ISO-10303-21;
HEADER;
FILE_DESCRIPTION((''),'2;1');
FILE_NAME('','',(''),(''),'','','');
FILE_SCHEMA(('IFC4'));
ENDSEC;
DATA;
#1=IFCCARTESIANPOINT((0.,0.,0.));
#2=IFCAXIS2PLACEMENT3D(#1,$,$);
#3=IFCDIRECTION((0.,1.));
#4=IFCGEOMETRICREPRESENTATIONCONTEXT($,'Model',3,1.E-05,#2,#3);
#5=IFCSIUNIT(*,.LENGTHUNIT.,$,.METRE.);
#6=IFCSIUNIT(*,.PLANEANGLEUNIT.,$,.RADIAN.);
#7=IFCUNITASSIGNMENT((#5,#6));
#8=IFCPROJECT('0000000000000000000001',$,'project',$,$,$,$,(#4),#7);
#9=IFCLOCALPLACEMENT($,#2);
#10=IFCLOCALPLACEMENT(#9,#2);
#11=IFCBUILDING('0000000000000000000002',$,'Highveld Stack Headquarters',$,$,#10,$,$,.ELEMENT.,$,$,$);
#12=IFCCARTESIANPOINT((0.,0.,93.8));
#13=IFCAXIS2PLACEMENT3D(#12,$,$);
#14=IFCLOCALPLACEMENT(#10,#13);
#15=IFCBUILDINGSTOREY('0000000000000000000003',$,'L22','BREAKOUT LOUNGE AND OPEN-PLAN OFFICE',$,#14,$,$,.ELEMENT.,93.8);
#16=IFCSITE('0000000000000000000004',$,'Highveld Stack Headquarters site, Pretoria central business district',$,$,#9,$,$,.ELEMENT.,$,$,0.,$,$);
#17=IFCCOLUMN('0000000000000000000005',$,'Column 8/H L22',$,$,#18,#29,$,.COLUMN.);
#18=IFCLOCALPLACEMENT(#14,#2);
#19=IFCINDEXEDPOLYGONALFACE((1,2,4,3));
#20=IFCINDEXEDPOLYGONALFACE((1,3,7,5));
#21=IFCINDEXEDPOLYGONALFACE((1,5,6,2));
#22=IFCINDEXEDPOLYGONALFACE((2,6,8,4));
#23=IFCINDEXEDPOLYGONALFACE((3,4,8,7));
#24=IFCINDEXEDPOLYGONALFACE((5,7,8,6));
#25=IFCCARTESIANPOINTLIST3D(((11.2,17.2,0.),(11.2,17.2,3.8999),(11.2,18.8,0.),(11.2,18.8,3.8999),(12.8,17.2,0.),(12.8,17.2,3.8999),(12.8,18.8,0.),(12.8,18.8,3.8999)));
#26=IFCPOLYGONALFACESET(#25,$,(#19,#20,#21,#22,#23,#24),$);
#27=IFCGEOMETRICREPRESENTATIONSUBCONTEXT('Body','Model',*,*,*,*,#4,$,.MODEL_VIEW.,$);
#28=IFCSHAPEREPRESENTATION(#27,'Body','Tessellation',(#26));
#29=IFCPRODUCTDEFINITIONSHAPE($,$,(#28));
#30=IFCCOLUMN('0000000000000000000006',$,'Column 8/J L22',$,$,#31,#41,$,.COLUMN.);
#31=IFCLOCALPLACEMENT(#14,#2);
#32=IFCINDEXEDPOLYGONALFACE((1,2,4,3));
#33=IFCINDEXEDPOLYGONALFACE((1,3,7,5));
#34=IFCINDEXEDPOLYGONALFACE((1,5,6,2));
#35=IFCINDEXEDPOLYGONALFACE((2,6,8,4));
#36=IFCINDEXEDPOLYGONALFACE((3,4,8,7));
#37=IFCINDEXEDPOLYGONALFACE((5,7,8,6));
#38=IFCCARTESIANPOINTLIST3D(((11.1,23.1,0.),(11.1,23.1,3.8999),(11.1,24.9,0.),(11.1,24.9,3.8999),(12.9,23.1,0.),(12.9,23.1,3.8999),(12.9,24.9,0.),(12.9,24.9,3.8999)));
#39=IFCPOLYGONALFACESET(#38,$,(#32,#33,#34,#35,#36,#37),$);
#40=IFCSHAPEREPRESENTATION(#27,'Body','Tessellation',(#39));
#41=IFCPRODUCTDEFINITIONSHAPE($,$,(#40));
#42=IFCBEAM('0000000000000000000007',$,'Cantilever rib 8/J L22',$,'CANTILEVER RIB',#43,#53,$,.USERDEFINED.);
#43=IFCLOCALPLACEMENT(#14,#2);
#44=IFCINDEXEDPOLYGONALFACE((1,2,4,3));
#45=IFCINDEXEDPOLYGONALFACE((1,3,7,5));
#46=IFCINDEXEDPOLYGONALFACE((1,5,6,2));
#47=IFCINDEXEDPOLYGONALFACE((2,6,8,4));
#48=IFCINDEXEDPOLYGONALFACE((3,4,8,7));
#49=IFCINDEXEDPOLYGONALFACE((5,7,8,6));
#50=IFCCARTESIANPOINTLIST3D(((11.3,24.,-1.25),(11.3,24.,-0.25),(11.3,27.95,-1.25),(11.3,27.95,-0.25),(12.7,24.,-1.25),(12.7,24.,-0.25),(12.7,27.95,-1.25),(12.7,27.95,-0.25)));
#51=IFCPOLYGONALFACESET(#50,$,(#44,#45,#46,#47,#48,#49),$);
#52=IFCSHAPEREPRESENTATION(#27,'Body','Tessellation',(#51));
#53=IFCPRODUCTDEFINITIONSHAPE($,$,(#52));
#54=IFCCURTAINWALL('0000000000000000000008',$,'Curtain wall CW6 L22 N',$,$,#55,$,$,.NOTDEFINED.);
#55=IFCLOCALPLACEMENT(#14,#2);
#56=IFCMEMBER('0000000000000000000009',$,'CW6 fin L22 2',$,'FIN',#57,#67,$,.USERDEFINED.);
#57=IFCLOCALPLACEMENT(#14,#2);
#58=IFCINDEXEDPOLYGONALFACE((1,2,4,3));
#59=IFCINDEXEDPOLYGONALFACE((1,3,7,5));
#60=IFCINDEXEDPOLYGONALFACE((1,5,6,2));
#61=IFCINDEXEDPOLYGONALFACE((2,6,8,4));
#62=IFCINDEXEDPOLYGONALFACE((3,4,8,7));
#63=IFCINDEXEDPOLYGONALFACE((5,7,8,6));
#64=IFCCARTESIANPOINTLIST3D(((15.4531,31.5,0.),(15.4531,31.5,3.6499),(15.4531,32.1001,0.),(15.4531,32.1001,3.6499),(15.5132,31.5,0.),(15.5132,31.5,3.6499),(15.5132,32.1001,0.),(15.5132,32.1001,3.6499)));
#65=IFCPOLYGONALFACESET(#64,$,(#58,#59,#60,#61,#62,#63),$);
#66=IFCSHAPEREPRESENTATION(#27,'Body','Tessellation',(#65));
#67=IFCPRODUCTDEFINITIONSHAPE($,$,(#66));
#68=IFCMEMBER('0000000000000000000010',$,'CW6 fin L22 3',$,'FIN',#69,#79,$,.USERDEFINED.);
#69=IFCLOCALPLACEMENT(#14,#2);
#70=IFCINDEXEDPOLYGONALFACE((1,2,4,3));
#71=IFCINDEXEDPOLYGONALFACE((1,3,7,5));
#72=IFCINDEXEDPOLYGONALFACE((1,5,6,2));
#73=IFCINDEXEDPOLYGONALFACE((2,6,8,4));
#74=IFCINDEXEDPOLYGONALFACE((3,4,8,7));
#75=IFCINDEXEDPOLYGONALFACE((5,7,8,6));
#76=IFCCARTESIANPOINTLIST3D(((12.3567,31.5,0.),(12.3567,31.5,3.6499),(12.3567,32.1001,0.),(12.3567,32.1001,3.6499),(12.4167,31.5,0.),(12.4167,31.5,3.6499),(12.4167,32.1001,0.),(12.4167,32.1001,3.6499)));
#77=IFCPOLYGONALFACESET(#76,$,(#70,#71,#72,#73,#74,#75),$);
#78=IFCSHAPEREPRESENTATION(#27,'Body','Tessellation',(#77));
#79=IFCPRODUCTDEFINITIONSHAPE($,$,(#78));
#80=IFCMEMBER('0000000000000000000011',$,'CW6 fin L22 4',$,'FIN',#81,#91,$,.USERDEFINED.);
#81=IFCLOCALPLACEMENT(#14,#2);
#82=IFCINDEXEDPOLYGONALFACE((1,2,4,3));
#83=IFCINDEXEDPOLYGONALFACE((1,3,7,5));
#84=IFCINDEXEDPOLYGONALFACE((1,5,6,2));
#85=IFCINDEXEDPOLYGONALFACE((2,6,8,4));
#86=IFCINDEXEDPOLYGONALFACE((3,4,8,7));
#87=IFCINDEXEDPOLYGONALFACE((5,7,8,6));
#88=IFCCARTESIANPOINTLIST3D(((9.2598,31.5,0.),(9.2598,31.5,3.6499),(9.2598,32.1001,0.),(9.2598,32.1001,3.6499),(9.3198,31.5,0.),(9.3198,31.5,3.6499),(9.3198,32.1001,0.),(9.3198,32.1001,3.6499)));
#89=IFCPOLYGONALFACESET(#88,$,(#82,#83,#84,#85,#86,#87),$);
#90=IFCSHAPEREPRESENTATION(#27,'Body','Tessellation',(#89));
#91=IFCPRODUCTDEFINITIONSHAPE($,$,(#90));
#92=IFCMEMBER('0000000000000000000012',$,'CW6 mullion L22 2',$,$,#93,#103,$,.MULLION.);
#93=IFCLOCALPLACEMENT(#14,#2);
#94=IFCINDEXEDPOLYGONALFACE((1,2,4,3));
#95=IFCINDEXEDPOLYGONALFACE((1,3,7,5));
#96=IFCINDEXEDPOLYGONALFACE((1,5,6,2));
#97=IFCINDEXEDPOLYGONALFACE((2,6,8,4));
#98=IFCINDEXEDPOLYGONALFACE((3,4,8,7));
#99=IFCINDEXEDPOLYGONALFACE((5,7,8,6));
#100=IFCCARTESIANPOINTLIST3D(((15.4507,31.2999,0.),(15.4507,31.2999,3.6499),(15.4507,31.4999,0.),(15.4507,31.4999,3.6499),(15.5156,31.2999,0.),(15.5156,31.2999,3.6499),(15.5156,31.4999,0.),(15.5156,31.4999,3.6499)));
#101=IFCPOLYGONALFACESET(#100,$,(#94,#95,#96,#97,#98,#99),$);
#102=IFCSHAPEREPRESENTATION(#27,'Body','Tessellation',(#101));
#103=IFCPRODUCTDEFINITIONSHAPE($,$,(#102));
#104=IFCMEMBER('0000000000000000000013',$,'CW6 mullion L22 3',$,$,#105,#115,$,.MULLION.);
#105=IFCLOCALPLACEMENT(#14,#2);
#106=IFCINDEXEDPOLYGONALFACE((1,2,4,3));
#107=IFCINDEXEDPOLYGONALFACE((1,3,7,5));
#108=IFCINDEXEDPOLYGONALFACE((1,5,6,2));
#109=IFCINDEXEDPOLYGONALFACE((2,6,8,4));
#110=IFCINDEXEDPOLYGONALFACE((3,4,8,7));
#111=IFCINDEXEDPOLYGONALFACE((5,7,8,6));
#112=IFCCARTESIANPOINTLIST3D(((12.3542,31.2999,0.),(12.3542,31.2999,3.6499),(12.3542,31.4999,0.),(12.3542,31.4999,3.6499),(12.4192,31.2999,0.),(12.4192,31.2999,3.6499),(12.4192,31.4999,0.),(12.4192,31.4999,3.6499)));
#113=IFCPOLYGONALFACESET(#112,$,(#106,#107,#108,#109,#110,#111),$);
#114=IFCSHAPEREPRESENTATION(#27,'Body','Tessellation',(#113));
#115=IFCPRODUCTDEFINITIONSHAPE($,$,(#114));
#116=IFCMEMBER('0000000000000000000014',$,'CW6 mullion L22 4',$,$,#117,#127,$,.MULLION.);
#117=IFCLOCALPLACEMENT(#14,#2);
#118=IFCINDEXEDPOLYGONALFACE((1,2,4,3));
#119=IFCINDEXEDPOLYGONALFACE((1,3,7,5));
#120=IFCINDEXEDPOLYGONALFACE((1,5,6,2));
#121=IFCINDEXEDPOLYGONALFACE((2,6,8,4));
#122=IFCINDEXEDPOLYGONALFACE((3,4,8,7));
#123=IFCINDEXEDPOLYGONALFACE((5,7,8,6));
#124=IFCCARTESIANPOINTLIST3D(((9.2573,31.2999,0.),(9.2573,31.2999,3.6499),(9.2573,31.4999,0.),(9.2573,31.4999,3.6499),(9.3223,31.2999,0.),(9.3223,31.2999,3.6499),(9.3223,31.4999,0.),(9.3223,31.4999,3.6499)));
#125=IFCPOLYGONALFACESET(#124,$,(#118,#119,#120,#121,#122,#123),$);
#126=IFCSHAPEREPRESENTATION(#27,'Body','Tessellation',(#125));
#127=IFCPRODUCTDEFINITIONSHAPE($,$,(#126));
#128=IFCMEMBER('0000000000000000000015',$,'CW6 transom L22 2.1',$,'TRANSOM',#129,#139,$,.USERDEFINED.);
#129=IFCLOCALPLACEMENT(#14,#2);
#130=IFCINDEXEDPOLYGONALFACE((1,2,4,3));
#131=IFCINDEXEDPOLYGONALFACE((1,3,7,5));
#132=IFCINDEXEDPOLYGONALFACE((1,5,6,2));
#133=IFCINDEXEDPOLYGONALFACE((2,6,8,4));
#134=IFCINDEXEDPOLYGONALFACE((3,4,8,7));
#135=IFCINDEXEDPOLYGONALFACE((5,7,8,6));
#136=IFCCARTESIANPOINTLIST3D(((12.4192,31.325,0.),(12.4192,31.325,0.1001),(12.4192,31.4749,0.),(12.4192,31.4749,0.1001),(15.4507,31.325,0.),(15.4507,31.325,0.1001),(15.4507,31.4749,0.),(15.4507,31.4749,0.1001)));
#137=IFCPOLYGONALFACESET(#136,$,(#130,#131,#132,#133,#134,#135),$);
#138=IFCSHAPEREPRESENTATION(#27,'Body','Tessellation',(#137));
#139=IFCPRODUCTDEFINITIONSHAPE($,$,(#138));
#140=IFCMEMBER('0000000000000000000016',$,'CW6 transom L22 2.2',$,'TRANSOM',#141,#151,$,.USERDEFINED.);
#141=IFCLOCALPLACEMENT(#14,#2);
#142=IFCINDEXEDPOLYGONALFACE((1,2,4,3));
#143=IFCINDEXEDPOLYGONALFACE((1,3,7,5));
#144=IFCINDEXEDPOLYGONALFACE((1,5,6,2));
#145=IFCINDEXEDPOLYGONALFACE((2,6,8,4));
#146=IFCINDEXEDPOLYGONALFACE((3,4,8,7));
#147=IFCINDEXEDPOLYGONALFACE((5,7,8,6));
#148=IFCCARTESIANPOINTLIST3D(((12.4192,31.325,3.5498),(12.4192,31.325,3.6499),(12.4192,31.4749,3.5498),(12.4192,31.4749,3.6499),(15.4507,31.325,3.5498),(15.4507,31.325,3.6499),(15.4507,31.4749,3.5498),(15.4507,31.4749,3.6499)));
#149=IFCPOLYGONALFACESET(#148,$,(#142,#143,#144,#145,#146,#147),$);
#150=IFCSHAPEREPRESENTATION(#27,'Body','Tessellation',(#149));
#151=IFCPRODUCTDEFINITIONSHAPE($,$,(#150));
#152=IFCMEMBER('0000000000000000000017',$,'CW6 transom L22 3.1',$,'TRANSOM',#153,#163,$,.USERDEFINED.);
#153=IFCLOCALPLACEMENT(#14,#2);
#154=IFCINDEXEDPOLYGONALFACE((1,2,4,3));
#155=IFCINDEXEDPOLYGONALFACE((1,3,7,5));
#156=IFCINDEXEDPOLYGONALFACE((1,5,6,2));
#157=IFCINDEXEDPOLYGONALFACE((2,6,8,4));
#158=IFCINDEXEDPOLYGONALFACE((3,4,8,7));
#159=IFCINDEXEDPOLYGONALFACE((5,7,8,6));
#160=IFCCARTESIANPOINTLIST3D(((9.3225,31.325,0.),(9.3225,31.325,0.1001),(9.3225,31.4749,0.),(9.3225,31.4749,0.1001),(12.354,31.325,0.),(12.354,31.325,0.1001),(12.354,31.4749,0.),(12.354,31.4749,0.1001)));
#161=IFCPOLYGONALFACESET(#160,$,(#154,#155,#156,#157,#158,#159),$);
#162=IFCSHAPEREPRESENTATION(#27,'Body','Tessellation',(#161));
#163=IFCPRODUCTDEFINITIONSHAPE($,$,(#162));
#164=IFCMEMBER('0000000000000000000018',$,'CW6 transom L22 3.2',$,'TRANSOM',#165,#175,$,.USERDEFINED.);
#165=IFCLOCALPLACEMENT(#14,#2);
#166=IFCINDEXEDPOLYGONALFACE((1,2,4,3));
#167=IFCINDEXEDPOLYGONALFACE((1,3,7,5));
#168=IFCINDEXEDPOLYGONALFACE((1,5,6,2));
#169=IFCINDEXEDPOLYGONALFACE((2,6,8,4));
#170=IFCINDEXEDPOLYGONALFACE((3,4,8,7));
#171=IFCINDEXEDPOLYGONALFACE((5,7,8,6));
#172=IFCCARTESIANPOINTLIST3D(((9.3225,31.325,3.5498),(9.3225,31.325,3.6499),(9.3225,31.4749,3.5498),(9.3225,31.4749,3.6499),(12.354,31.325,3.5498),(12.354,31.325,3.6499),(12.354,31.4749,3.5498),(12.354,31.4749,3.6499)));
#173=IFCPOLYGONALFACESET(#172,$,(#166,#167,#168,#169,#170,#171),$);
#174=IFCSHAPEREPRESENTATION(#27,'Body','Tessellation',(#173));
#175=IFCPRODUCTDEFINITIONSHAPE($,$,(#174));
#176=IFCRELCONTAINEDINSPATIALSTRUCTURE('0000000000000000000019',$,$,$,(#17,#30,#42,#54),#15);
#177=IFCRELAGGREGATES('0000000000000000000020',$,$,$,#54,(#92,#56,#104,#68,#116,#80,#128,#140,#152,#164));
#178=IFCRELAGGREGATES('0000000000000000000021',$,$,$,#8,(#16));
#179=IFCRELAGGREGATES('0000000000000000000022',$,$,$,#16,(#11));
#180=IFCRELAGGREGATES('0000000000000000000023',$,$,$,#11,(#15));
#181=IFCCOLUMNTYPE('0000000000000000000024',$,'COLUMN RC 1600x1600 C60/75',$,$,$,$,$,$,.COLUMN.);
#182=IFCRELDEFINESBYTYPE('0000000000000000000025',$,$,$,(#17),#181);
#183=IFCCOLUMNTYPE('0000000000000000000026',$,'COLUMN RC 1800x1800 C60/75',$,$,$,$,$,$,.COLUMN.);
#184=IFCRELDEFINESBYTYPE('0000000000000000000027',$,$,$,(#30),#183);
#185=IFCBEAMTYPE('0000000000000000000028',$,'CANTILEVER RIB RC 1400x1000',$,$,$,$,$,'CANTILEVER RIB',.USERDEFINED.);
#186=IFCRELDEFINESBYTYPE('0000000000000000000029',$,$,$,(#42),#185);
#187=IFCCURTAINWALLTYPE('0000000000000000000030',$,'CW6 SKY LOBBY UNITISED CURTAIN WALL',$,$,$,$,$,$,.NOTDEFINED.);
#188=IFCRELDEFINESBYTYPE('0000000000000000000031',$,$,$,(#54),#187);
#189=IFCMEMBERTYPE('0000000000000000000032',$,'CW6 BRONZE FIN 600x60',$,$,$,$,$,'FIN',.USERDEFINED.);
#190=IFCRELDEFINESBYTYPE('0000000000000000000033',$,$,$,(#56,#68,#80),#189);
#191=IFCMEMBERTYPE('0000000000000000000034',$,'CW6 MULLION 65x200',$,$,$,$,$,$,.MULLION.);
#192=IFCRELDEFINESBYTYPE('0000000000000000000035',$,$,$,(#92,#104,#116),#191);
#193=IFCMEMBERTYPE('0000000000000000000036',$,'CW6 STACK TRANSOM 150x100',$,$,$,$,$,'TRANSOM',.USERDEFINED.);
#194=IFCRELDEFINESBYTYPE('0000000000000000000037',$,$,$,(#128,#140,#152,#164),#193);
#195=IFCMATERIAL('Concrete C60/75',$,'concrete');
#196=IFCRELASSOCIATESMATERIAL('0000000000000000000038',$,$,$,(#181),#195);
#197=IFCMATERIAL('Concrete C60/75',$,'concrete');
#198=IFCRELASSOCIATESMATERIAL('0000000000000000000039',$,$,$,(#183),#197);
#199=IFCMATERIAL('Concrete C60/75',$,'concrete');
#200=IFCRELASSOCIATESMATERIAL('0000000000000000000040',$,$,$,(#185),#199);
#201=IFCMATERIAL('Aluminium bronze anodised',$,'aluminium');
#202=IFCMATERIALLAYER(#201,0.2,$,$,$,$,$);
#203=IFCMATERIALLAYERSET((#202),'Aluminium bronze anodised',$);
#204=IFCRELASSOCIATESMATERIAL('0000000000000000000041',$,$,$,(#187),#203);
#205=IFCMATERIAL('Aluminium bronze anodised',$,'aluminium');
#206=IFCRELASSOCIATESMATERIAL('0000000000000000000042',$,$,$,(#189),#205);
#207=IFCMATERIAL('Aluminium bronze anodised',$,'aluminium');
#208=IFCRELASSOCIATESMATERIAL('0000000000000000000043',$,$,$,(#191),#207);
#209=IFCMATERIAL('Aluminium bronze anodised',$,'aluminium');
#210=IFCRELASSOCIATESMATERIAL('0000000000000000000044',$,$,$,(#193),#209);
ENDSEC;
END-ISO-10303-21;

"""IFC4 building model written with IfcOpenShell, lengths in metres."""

from ifc_helpers import new_model, si_unit, direction, frame, origin, origin_2d, place, context, subcontext, project, spatial, rectangle, extrude, material, layer, layer_set, material_profile, profile_set, type_object, element, aggregate, save


model = new_model("IFC4")

# Units and contexts
model_context = context("Model", 3, precision=1e-05, world=origin(), true_north=direction((0.0, 1.0)))
body_context = subcontext(model_context, "Body", "Model", "MODEL_VIEW")
ifc_project = project(units=[si_unit("LENGTHUNIT", "METRE"), si_unit("PLANEANGLEUNIT", "RADIAN")], contexts=[model_context])

# Site, building, storey
site_placement = place(None, origin())
site = spatial("IfcSite", under=ifc_project, at=site_placement, Name="Highveld Stack Headquarters site, Pretoria central business district", CompositionType="ELEMENT", RefElevation=0.0)
building_placement = place(site_placement, origin())
building = spatial("IfcBuilding", under=site, at=building_placement, Name="Highveld Stack Headquarters", CompositionType="ELEMENT")
storey_placement = place(building_placement, frame((0.0, 0.0, 93.8)))
storey = spatial("IfcBuildingStorey", under=building, at=storey_placement, Name="L22", Description="BREAKOUT LOUNGE AND OPEN-PLAN OFFICE", CompositionType="ELEMENT", Elevation=93.8)

# Columns
ifc_material_1 = material(Name="Concrete C60/75", Category="concrete")
ifc_material_profile_1 = material_profile(ifc_material_1, rectangle(XDim=1.6001, YDim=1.6001, at=origin_2d()), Name="RC 1600x1600")
ifc_profile_set_1 = profile_set([ifc_material_profile_1], Name="Concrete C60/75")
column_type_1 = type_object("IfcColumnType", Name="COLUMN RC 1600x1600 C60/75", PredefinedType="COLUMN", material=ifc_profile_set_1)
column_1_placement = place(storey_placement, frame((12.0, 18.0, 0.0), z_axis=(0.0, 0.0, 1.0), x_axis=(1.0, 0.0, 0.0)))
element("IfcColumn", 1, at=column_1_placement, inside=storey, type_object=column_type_1, Name="Column 8/H L22", PredefinedType="COLUMN", context=body_context, shape_type="SweptSolid", body=[
    extrude(rectangle(XDim=1.6001, YDim=1.6001, at=origin_2d()), origin(), (0.0, 0.0, 1.0), 3.8999),
])
ifc_material_2 = material(Name="Concrete C60/75", Category="concrete")
ifc_material_profile_2 = material_profile(ifc_material_2, rectangle(XDim=1.8, YDim=1.8, at=origin_2d()), Name="RC 1800x1800")
ifc_profile_set_2 = profile_set([ifc_material_profile_2], Name="Concrete C60/75")
column_type_2 = type_object("IfcColumnType", Name="COLUMN RC 1800x1800 C60/75", PredefinedType="COLUMN", material=ifc_profile_set_2)
column_2_placement = place(storey_placement, frame((12.0, 24.0, 0.0), z_axis=(0.0, 0.0, 1.0), x_axis=(1.0, 0.0, 0.0)))
element("IfcColumn", 2, at=column_2_placement, inside=storey, type_object=column_type_2, Name="Column 8/J L22", PredefinedType="COLUMN", context=body_context, shape_type="SweptSolid", body=[
    extrude(rectangle(XDim=1.8, YDim=1.8, at=origin_2d()), origin(), (0.0, 0.0, 1.0), 3.8999),
])

# Beam
ifc_material_3 = material(Name="Concrete C60/75", Category="concrete")
ifc_material_profile_3 = material_profile(ifc_material_3, rectangle(XDim=1.3999, YDim=1.0, at=origin_2d()), Name="RC 1400x1000")
ifc_profile_set_3 = profile_set([ifc_material_profile_3], Name="Concrete C60/75")
beam_type_1 = type_object("IfcBeamType", Name="CANTILEVER RIB RC 1400x1000", ElementType="CANTILEVER RIB", PredefinedType="USERDEFINED", material=ifc_profile_set_3)
beam_1_placement = place(storey_placement, frame((12.0, 24.0, -0.75), z_axis=(0.0, 1.0, 0.0), x_axis=(-1.0, 0.0, 0.0)))
element("IfcBeam", 3, at=beam_1_placement, inside=storey, type_object=beam_type_1, Name="Cantilever rib 8/J L22", ObjectType="CANTILEVER RIB", PredefinedType="USERDEFINED", context=body_context, shape_type="SweptSolid", body=[
    extrude(rectangle(XDim=1.3999, YDim=1.0, at=origin_2d()), origin(), (0.0, 0.0, 1.0), 3.95),
])

# Curtain wall, members
ifc_material_4 = material(Name="Aluminium bronze anodised", Category="aluminium")
ifc_layer_1 = layer(ifc_material_4, 0.2)
ifc_layer_set_1 = layer_set([ifc_layer_1], Name="Aluminium bronze anodised")
curtain_wall_type = type_object("IfcCurtainWallType", Name="CW6 SKY LOBBY UNITISED CURTAIN WALL", PredefinedType="NOTDEFINED", material=ifc_layer_set_1)
curtain_wall_placement = place(storey_placement, origin())
curtain_wall = element("IfcCurtainWall", 4, at=curtain_wall_placement, inside=storey, type_object=curtain_wall_type, Name="Curtain wall CW6 L22 N", PredefinedType="NOTDEFINED")
ifc_material_5 = material(Name="Aluminium bronze anodised", Category="aluminium")
ifc_material_profile_4 = material_profile(ifc_material_5, rectangle(XDim=0.6001, YDim=0.0601, at=origin_2d()), Name="FIN 600x60")
ifc_profile_set_4 = profile_set([ifc_material_profile_4], Name="Aluminium bronze anodised")
member_type_1 = type_object("IfcMemberType", Name="CW6 BRONZE FIN 600x60", ElementType="FIN", PredefinedType="USERDEFINED", material=ifc_profile_set_4)
member_1_placement = place(storey_placement, frame((15.4832, 31.8, 0.0), z_axis=(0.0, 0.0, 1.0), x_axis=(0.0, -1.0, 0.0)))
member_1 = element("IfcMember", 5, at=member_1_placement, type_object=member_type_1, Name="CW6 fin L22 2", ObjectType="FIN", PredefinedType="USERDEFINED", context=body_context, shape_type="SweptSolid", body=[
    extrude(rectangle(XDim=0.6001, YDim=0.0601, at=origin_2d()), origin(), (0.0, 0.0, 1.0), 3.6499),
])
member_2_placement = place(storey_placement, frame((12.3867, 31.8, 0.0), z_axis=(0.0, 0.0, 1.0), x_axis=(0.0, -1.0, 0.0)))
member_2 = element("IfcMember", 6, at=member_2_placement, type_object=member_type_1, Name="CW6 fin L22 3", ObjectType="FIN", PredefinedType="USERDEFINED", context=body_context, shape_type="SweptSolid", body=[
    extrude(rectangle(XDim=0.6001, YDim=0.0601, at=origin_2d()), origin(), (0.0, 0.0, 1.0), 3.6499),
])
member_3_placement = place(storey_placement, frame((9.2898, 31.8, 0.0), z_axis=(0.0, 0.0, 1.0), x_axis=(0.0, -1.0, 0.0)))
member_3 = element("IfcMember", 7, at=member_3_placement, type_object=member_type_1, Name="CW6 fin L22 4", ObjectType="FIN", PredefinedType="USERDEFINED", context=body_context, shape_type="SweptSolid", body=[
    extrude(rectangle(XDim=0.6001, YDim=0.0601, at=origin_2d()), origin(), (0.0, 0.0, 1.0), 3.6499),
])
ifc_material_6 = material(Name="Aluminium bronze anodised", Category="aluminium")
ifc_material_profile_5 = material_profile(ifc_material_6, rectangle(XDim=0.2, YDim=0.0649, at=origin_2d()), Name="CW6 MULLION 65x200")
ifc_profile_set_5 = profile_set([ifc_material_profile_5], Name="Aluminium bronze anodised")
member_type_2 = type_object("IfcMemberType", Name="CW6 MULLION 65x200", PredefinedType="MULLION", material=ifc_profile_set_5)
member_4_placement = place(storey_placement, frame((15.4832, 31.3999, 0.0), z_axis=(0.0, 0.0, 1.0), x_axis=(0.0, -1.0, 0.0)))
member_4 = element("IfcMember", 8, at=member_4_placement, type_object=member_type_2, Name="CW6 mullion L22 2", PredefinedType="MULLION", context=body_context, shape_type="SweptSolid", body=[
    extrude(rectangle(XDim=0.2, YDim=0.0649, at=origin_2d()), origin(), (0.0, 0.0, 1.0), 3.6499),
])
member_5_placement = place(storey_placement, frame((12.3867, 31.3999, 0.0), z_axis=(0.0, 0.0, 1.0), x_axis=(0.0, -1.0, 0.0)))
member_5 = element("IfcMember", 9, at=member_5_placement, type_object=member_type_2, Name="CW6 mullion L22 3", PredefinedType="MULLION", context=body_context, shape_type="SweptSolid", body=[
    extrude(rectangle(XDim=0.2, YDim=0.0649, at=origin_2d()), origin(), (0.0, 0.0, 1.0), 3.6499),
])
member_6_placement = place(storey_placement, frame((9.2898, 31.3999, 0.0), z_axis=(0.0, 0.0, 1.0), x_axis=(0.0, -1.0, 0.0)))
member_6 = element("IfcMember", 10, at=member_6_placement, type_object=member_type_2, Name="CW6 mullion L22 4", PredefinedType="MULLION", context=body_context, shape_type="SweptSolid", body=[
    extrude(rectangle(XDim=0.2, YDim=0.0649, at=origin_2d()), origin(), (0.0, 0.0, 1.0), 3.6499),
])
ifc_material_7 = material(Name="Aluminium bronze anodised", Category="aluminium")
ifc_material_profile_6 = material_profile(ifc_material_7, rectangle(XDim=0.1499, YDim=0.1001, at=origin_2d()), Name="CW6 TRANSOM 150x100")
ifc_profile_set_6 = profile_set([ifc_material_profile_6], Name="Aluminium bronze anodised")
member_type_3 = type_object("IfcMemberType", Name="CW6 STACK TRANSOM 150x100", ElementType="TRANSOM", PredefinedType="USERDEFINED", material=ifc_profile_set_6)
member_7_placement = place(storey_placement, frame((15.4507, 31.3999, 0.05), z_axis=(-1.0, 0.0, 0.0), x_axis=(0.0, -1.0, 0.0)))
member_7 = element("IfcMember", 11, at=member_7_placement, type_object=member_type_3, Name="CW6 transom L22 2.1", ObjectType="TRANSOM", PredefinedType="USERDEFINED", context=body_context, shape_type="SweptSolid", body=[
    extrude(rectangle(XDim=0.1499, YDim=0.1001, at=origin_2d()), origin(), (0.0, 0.0, 1.0), 3.0315),
])
member_8_placement = place(storey_placement, frame((15.4507, 31.3999, 3.5999), z_axis=(-1.0, 0.0, 0.0), x_axis=(0.0, -1.0, 0.0)))
member_8 = element("IfcMember", 12, at=member_8_placement, type_object=member_type_3, Name="CW6 transom L22 2.2", ObjectType="TRANSOM", PredefinedType="USERDEFINED", context=body_context, shape_type="SweptSolid", body=[
    extrude(rectangle(XDim=0.1499, YDim=0.1001, at=origin_2d()), origin(), (0.0, 0.0, 1.0), 3.0315),
])
member_9_placement = place(storey_placement, frame((12.354, 31.3999, 0.05), z_axis=(-1.0, 0.0, 0.0), x_axis=(0.0, -1.0, 0.0)))
member_9 = element("IfcMember", 13, at=member_9_placement, type_object=member_type_3, Name="CW6 transom L22 3.1", ObjectType="TRANSOM", PredefinedType="USERDEFINED", context=body_context, shape_type="SweptSolid", body=[
    extrude(rectangle(XDim=0.1499, YDim=0.1001, at=origin_2d()), origin(), (0.0, 0.0, 1.0), 3.0315),
])
member_10_placement = place(storey_placement, frame((12.354, 31.3999, 3.5999), z_axis=(-1.0, 0.0, 0.0), x_axis=(0.0, -1.0, 0.0)))
member_10 = element("IfcMember", 14, at=member_10_placement, type_object=member_type_3, Name="CW6 transom L22 3.2", ObjectType="TRANSOM", PredefinedType="USERDEFINED", context=body_context, shape_type="SweptSolid", body=[
    extrude(rectangle(XDim=0.1499, YDim=0.1001, at=origin_2d()), origin(), (0.0, 0.0, 1.0), 3.0315),
])

aggregate(curtain_wall, [member_4, member_1, member_5, member_2, member_6, member_3, member_7, member_8, member_9, member_10])

save(model, "model.ifc")
